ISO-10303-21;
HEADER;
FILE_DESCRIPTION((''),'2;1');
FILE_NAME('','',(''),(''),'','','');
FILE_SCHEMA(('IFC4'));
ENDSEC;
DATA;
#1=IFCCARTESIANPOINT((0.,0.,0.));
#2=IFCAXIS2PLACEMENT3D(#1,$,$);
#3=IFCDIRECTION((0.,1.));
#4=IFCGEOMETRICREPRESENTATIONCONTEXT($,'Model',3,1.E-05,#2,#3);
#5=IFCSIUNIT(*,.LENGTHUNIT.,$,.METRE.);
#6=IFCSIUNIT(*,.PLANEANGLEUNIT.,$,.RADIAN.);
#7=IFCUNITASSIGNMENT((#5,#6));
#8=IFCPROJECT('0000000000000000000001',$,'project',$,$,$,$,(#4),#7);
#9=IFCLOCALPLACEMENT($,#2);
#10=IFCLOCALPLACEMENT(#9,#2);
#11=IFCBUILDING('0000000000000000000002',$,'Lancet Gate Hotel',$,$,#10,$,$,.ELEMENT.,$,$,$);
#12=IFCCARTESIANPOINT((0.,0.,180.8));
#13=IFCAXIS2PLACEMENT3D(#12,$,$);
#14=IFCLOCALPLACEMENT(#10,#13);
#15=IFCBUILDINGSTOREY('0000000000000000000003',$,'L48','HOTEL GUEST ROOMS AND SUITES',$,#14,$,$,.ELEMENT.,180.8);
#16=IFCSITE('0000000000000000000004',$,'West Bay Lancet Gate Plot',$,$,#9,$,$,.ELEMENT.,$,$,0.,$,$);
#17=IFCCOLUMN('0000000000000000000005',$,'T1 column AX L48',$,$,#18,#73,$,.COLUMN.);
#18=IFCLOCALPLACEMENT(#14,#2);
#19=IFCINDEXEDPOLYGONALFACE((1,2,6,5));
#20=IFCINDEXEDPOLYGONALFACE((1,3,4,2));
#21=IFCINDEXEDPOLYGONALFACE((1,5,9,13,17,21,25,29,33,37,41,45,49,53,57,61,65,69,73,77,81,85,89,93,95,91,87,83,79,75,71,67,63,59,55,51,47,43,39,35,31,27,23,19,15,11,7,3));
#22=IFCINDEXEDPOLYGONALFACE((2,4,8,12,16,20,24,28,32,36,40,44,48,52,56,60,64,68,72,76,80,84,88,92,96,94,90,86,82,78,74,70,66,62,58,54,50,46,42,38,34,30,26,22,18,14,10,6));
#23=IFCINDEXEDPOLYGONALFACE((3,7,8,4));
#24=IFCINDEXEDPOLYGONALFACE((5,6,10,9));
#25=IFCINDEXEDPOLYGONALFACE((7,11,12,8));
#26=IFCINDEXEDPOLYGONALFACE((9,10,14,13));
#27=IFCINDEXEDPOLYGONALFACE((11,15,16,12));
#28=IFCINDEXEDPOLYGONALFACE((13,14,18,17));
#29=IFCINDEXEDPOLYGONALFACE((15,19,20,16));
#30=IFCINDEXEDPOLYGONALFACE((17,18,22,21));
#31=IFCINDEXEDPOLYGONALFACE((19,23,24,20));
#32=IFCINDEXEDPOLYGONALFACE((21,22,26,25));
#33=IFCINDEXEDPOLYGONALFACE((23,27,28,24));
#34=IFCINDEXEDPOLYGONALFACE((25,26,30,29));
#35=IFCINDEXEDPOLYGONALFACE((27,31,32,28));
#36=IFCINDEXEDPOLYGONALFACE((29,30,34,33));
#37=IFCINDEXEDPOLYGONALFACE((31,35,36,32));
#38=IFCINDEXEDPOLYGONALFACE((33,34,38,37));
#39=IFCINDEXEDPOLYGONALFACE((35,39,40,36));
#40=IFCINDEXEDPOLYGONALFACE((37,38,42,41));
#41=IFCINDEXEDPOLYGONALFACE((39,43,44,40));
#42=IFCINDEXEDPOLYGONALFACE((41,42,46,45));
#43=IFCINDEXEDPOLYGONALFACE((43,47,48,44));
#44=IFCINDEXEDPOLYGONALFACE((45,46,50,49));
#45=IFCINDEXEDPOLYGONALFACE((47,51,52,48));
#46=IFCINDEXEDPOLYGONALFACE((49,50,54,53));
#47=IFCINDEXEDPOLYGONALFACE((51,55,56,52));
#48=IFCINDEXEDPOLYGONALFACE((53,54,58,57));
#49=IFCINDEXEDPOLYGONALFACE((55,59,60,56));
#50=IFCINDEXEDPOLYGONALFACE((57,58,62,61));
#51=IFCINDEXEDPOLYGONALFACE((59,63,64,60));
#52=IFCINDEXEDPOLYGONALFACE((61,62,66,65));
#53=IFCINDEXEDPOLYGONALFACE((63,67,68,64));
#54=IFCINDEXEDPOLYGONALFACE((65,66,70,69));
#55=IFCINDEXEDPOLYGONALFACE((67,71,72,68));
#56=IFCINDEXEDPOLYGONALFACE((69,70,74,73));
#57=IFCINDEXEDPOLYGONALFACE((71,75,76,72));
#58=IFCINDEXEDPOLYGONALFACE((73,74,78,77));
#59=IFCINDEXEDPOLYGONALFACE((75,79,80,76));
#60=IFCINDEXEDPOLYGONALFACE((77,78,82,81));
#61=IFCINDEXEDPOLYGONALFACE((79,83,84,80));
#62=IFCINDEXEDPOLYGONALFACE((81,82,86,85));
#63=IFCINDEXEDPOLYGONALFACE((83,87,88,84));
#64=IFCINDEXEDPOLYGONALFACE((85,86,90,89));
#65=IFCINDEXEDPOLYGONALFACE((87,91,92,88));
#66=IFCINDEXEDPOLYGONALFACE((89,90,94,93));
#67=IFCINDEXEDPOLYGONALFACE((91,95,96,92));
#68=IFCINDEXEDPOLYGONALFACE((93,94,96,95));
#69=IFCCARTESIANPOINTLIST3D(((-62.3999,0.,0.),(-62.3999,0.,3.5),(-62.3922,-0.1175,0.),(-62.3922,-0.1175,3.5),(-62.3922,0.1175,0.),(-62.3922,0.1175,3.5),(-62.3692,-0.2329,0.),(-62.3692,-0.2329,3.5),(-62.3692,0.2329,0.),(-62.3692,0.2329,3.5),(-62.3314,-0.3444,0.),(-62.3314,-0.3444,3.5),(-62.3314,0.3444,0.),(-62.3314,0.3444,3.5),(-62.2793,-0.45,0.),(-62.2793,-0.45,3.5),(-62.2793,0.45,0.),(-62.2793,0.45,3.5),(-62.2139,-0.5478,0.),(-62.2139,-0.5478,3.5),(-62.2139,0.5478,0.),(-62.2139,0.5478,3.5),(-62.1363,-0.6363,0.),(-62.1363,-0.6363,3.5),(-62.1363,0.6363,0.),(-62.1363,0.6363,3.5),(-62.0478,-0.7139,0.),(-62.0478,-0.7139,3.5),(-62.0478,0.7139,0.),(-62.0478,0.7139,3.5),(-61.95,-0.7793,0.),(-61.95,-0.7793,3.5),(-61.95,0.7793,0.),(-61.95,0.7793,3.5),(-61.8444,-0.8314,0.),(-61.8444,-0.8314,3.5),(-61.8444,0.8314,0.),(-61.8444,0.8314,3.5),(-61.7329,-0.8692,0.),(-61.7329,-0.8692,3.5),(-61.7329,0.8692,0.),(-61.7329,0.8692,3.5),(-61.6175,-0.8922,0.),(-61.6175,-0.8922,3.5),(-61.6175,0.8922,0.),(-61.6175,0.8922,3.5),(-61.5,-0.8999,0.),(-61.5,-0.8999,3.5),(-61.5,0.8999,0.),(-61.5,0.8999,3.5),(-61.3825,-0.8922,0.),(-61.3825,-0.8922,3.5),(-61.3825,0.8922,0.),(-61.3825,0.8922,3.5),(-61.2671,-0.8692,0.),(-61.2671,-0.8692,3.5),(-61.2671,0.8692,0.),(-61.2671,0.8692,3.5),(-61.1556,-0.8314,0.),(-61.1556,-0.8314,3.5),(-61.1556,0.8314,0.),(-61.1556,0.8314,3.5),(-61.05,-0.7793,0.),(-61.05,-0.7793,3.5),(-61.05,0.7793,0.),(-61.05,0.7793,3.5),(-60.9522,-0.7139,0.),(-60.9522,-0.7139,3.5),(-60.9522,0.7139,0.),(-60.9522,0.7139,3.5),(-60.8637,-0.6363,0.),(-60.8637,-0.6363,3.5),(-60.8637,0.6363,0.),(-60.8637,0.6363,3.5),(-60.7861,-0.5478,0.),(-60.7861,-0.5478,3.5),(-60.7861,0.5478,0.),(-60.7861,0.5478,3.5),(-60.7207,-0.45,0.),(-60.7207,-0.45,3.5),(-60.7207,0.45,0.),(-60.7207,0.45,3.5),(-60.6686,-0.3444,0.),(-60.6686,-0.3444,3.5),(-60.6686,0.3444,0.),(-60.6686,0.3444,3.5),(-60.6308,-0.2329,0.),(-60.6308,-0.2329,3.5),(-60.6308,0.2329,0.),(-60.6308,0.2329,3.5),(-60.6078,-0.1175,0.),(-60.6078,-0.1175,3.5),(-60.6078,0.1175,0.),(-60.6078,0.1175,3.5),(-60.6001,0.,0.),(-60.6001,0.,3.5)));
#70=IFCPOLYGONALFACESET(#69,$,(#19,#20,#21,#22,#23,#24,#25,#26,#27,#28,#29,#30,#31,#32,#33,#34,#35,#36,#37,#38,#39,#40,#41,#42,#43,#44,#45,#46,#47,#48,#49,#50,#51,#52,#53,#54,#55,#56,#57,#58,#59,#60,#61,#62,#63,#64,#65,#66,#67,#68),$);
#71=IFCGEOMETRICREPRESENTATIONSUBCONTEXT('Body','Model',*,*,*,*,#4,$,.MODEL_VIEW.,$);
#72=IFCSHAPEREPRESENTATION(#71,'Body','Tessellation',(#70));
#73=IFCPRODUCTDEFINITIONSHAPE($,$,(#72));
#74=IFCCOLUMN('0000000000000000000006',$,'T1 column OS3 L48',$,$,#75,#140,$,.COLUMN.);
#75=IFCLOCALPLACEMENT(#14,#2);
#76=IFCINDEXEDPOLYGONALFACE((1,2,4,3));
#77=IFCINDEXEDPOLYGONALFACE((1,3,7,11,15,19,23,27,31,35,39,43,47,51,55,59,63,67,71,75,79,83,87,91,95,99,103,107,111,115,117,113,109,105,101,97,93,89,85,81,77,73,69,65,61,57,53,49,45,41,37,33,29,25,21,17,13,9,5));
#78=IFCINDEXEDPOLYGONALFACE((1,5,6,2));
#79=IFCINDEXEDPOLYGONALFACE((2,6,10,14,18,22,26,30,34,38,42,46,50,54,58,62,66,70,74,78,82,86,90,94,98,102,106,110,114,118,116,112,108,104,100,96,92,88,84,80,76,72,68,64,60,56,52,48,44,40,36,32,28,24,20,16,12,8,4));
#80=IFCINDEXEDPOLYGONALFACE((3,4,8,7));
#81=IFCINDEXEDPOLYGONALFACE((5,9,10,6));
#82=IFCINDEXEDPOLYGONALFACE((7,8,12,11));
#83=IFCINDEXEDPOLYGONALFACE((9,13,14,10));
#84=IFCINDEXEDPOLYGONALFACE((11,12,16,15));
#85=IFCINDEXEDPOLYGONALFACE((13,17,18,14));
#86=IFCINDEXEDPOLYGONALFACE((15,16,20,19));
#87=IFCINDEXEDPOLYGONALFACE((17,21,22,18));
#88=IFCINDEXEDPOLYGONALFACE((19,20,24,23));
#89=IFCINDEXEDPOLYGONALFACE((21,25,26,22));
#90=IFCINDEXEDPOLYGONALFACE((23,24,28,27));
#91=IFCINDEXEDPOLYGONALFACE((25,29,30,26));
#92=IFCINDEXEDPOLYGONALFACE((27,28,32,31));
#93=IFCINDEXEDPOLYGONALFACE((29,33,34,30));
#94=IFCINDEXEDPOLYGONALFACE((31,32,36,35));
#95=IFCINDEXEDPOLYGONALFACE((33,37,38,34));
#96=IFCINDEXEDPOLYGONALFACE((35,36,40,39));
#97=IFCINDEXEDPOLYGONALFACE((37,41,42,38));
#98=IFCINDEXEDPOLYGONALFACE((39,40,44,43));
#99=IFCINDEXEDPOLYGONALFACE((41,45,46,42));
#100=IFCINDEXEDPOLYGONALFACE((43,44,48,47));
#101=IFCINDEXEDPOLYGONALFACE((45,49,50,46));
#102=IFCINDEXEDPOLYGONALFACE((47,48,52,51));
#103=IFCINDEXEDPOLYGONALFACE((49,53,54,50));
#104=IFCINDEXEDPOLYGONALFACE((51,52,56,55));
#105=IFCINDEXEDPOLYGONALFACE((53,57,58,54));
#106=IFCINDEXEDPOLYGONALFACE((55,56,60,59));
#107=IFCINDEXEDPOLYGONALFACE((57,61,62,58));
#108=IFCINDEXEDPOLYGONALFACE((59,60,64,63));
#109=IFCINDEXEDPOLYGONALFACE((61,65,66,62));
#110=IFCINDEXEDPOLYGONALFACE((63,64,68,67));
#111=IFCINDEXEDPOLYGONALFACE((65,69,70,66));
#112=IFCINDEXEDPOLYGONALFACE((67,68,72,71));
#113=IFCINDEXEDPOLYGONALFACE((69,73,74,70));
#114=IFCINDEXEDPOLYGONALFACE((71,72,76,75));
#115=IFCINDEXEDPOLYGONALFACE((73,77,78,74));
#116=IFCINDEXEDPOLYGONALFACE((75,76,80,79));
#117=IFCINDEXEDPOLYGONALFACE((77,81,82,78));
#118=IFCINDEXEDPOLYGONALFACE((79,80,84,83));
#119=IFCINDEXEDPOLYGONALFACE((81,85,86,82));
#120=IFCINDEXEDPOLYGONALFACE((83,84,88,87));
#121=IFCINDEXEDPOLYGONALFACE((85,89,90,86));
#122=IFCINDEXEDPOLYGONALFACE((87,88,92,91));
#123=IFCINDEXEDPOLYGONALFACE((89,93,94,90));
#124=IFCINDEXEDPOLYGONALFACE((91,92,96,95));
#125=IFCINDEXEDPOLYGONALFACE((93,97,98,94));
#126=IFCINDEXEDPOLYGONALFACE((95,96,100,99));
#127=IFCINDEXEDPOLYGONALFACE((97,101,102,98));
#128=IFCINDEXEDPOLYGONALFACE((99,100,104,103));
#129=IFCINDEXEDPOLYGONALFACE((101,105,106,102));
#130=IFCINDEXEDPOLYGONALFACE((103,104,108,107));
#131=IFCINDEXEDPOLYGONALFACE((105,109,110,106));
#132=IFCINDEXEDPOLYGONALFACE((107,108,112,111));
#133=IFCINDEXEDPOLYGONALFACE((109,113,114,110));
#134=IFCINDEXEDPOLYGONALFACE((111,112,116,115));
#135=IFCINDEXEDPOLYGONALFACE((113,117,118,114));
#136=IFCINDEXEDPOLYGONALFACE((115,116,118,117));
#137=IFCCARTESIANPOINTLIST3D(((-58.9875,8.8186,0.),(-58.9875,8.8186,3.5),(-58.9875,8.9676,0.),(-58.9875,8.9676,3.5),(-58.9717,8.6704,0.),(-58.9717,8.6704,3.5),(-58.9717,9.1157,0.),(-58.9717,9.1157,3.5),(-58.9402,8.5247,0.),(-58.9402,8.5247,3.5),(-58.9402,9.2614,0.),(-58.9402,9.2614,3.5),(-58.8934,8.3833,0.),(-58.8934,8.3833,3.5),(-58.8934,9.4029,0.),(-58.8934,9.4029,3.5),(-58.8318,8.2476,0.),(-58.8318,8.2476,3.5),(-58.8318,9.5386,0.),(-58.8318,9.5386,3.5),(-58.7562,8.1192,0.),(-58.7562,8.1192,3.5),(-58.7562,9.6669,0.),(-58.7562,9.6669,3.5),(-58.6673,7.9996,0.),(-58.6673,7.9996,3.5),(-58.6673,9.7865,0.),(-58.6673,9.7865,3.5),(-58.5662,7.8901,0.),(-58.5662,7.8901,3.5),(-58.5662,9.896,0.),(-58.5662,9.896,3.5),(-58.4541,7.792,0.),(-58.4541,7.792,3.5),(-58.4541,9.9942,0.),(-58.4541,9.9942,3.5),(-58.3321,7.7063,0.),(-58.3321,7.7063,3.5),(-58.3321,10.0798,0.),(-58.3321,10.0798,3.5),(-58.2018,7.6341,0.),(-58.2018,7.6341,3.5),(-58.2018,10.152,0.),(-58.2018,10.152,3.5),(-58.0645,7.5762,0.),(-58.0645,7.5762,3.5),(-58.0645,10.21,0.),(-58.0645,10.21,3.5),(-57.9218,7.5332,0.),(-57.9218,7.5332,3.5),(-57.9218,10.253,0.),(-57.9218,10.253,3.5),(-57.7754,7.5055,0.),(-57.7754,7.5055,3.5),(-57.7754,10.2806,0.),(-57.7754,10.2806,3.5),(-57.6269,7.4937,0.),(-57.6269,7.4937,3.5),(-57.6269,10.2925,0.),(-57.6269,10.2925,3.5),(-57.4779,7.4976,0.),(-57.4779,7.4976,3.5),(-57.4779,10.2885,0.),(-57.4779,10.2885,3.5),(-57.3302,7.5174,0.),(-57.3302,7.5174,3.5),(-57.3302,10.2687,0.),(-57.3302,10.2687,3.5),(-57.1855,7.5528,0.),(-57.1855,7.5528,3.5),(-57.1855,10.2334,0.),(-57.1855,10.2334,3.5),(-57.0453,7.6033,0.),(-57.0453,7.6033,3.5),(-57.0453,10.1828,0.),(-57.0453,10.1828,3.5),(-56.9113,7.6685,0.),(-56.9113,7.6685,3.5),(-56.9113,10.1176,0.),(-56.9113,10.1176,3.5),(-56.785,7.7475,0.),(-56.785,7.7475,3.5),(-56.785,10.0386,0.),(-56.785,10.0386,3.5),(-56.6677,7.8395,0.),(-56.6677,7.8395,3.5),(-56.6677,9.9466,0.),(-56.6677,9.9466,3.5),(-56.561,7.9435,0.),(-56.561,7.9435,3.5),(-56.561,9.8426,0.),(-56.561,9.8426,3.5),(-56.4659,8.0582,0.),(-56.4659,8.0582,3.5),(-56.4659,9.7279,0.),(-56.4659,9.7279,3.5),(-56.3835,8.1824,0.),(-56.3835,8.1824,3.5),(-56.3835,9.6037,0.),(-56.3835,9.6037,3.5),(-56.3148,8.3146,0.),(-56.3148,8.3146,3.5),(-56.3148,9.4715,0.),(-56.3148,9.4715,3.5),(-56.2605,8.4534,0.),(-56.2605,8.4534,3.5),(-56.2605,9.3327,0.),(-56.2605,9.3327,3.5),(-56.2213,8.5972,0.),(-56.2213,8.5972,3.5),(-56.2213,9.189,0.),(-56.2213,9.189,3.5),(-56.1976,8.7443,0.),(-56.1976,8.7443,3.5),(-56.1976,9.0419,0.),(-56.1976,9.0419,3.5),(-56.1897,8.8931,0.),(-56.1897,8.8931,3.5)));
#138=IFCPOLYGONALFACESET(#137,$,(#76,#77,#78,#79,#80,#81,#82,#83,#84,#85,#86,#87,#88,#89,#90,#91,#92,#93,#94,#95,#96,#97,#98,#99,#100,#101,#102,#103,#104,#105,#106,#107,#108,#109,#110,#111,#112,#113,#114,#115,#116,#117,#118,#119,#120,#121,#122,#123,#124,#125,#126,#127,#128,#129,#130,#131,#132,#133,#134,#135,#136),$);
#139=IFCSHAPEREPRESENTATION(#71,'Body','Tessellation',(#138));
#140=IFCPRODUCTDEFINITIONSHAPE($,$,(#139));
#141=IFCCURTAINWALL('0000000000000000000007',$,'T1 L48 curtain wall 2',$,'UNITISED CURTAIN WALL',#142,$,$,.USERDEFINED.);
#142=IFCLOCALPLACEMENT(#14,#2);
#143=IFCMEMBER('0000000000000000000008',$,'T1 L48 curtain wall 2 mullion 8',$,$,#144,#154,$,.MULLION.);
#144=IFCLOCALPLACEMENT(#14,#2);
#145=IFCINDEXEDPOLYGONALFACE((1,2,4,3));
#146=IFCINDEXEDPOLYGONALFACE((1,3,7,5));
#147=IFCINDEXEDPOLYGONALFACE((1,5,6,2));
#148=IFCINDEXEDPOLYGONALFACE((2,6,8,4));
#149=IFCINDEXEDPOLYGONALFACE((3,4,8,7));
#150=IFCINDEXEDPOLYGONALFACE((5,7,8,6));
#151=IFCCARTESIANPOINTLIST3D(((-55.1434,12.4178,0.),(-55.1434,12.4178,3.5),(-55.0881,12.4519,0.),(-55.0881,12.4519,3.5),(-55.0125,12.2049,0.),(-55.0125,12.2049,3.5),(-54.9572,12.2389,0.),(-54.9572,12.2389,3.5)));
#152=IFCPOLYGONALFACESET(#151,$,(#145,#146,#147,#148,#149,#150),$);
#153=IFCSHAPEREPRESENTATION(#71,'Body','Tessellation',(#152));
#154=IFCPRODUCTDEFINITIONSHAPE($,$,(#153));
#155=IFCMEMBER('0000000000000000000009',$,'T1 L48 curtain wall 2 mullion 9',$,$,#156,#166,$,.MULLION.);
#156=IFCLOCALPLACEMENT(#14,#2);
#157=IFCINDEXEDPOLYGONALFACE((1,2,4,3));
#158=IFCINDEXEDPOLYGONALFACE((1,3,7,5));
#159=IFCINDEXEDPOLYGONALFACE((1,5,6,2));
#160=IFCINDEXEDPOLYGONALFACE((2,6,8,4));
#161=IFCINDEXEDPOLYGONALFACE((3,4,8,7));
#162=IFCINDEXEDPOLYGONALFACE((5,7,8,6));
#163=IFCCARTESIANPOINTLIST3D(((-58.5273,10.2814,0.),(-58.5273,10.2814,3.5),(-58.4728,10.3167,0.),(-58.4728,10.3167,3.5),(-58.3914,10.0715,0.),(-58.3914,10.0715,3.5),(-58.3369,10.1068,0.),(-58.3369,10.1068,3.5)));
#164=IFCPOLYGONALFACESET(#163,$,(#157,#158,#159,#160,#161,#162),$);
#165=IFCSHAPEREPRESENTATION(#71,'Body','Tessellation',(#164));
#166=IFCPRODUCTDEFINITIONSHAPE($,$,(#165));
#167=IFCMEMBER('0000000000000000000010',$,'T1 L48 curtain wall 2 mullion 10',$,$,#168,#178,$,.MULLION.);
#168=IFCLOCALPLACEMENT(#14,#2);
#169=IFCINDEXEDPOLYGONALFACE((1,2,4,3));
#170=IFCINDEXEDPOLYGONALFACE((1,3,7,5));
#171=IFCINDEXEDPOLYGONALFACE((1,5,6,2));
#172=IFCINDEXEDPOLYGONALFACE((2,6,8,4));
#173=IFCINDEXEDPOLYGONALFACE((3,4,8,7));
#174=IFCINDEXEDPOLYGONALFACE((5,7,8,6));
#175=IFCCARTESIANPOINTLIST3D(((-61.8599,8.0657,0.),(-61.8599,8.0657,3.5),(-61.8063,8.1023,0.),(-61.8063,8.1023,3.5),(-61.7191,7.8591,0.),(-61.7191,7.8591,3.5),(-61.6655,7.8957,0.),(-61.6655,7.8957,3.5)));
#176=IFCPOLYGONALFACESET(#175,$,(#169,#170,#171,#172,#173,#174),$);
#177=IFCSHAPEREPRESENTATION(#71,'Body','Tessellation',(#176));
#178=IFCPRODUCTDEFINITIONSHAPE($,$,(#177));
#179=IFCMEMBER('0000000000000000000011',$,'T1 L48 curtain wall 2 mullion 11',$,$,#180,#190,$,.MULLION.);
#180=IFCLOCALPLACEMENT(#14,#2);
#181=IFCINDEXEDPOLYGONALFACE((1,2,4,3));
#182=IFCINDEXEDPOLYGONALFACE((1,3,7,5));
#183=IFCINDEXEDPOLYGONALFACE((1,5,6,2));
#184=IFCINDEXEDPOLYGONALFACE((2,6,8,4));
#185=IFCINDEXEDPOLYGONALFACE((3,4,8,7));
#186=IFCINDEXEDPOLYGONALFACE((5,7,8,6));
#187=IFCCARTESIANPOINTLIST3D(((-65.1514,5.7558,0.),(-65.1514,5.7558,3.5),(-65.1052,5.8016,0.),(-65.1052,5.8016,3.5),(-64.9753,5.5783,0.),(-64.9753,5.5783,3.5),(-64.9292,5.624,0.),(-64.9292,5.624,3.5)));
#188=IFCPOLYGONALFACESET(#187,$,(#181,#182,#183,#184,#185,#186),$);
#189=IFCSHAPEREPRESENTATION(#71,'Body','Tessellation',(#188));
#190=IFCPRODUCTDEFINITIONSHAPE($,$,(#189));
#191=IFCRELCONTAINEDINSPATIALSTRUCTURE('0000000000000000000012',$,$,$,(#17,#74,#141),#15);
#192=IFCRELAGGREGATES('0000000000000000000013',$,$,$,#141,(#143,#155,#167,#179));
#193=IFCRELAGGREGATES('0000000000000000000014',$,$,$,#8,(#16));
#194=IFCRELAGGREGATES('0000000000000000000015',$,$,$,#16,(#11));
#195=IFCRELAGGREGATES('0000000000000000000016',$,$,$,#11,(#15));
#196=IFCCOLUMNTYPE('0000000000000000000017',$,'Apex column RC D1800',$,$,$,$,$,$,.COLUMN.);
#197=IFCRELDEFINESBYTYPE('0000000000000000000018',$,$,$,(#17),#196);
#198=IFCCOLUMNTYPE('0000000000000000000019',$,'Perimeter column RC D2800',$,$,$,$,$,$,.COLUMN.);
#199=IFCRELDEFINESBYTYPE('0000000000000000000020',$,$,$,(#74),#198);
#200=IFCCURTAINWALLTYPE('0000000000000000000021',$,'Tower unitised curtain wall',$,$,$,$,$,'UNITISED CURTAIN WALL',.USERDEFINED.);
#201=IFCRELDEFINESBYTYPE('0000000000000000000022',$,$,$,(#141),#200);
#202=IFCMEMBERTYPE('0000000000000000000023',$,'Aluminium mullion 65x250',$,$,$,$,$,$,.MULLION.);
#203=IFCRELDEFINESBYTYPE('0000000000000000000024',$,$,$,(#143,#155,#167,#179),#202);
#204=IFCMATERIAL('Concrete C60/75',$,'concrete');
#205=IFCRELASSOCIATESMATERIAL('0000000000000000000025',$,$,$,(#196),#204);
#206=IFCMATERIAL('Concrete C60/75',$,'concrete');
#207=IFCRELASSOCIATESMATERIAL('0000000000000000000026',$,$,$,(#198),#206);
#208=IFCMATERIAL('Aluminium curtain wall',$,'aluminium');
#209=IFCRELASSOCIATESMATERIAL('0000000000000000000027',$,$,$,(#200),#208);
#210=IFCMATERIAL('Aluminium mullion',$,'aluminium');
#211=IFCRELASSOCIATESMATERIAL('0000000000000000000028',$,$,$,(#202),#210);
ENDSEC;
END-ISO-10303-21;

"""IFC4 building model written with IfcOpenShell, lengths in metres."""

from ifc_helpers import new_model, si_unit, direction, frame, origin, origin_2d, place, context, subcontext, project, spatial, rectangle, circle, extrude, material, material_profile, profile_set, type_object, element, aggregate, save


model = new_model("IFC4")

# Units and contexts
model_context = context("Model", 3, precision=1e-05, world=origin(), true_north=direction((0.0, 1.0)))
body_context = subcontext(model_context, "Body", "Model", "MODEL_VIEW")
ifc_project = project(units=[si_unit("LENGTHUNIT", "METRE"), si_unit("PLANEANGLEUNIT", "RADIAN")], contexts=[model_context])

# Site, building, storey
site_placement = place(None, origin())
site = spatial("IfcSite", under=ifc_project, at=site_placement, Name="West Bay Lancet Gate Plot", CompositionType="ELEMENT", RefElevation=0.0)
building_placement = place(site_placement, origin())
building = spatial("IfcBuilding", under=site, at=building_placement, Name="Lancet Gate Hotel", CompositionType="ELEMENT")
storey_placement = place(building_placement, frame((0.0, 0.0, 180.8)))
storey = spatial("IfcBuildingStorey", under=building, at=storey_placement, Name="L48", Description="HOTEL GUEST ROOMS AND SUITES", CompositionType="ELEMENT", Elevation=180.8)

# Columns
ifc_material_1 = material(Name="Concrete C60/75", Category="concrete")
ifc_material_profile_1 = material_profile(ifc_material_1, circle(Radius=0.8999, at=origin_2d()), Name="RC D1800")
ifc_profile_set_1 = profile_set([ifc_material_profile_1], Name="Concrete C60/75")
column_type_1 = type_object("IfcColumnType", Name="Apex column RC D1800", PredefinedType="COLUMN", material=ifc_profile_set_1)
column_1_placement = place(storey_placement, frame((-61.5, 0.0, 0.0), z_axis=(0.0, 0.0, 1.0), x_axis=(1.0, 0.0, 0.0)))
element("IfcColumn", 1, at=column_1_placement, inside=storey, type_object=column_type_1, Name="T1 column AX L48", PredefinedType="COLUMN", context=body_context, shape_type="SweptSolid", body=[
    extrude(circle(Radius=0.8999, at=origin_2d()), origin(), (0.0, 0.0, 1.0), 3.5),
])
ifc_material_2 = material(Name="Concrete C60/75", Category="concrete")
ifc_material_profile_2 = material_profile(ifc_material_2, circle(Radius=1.3999, at=origin_2d()), Name="RC D2800")
ifc_profile_set_2 = profile_set([ifc_material_profile_2], Name="Concrete C60/75")
column_type_2 = type_object("IfcColumnType", Name="Perimeter column RC D2800", PredefinedType="COLUMN", material=ifc_profile_set_2)
column_2_placement = place(storey_placement, frame((-57.5896, 8.8931, 0.0), z_axis=(0.0, 0.0, 1.0), x_axis=(1.0, 0.0, 0.0)))
element("IfcColumn", 2, at=column_2_placement, inside=storey, type_object=column_type_2, Name="T1 column OS3 L48", PredefinedType="COLUMN", context=body_context, shape_type="SweptSolid", body=[
    extrude(circle(Radius=1.3999, at=origin_2d()), origin(), (0.0, 0.0, 1.0), 3.5),
])

# Curtain wall, members
ifc_material_3 = material(Name="Aluminium curtain wall", Category="aluminium")
curtain_wall_type = type_object("IfcCurtainWallType", Name="Tower unitised curtain wall", ElementType="UNITISED CURTAIN WALL", PredefinedType="USERDEFINED", material=ifc_material_3)
curtain_wall_placement = place(storey_placement, origin())
curtain_wall = element("IfcCurtainWall", 3, at=curtain_wall_placement, inside=storey, type_object=curtain_wall_type, Name="T1 L48 curtain wall 2", ObjectType="UNITISED CURTAIN WALL", PredefinedType="USERDEFINED")
ifc_material_4 = material(Name="Aluminium mullion", Category="aluminium")
ifc_material_profile_3 = material_profile(ifc_material_4, rectangle(XDim=0.0649, YDim=0.25, at=origin_2d()), Name="MULLION 65x250")
ifc_profile_set_3 = profile_set([ifc_material_profile_3], Name="Aluminium mullion")
member_type_1 = type_object("IfcMemberType", Name="Aluminium mullion 65x250", PredefinedType="MULLION", material=ifc_profile_set_3)
member_1_placement = place(storey_placement, frame((-55.0503, 12.3284, 0.0), z_axis=(0.0, 0.0, 1.0), x_axis=(-0.851886, -0.523728, 0.0)))
member_1 = element("IfcMember", 4, at=member_1_placement, type_object=member_type_1, Name="T1 L48 curtain wall 2 mullion 8", PredefinedType="MULLION", context=body_context, shape_type="SweptSolid", body=[
    extrude(rectangle(XDim=0.0649, YDim=0.25, at=origin_2d()), origin(), (0.0, 0.0, 1.0), 3.5),
])
member_2_placement = place(storey_placement, frame((-58.4321, 10.1941, 0.0), z_axis=(0.0, 0.0, 1.0), x_axis=(-0.839331, -0.543621, 0.0)))
member_2 = element("IfcMember", 5, at=member_2_placement, type_object=member_type_1, Name="T1 L48 curtain wall 2 mullion 9", PredefinedType="MULLION", context=body_context, shape_type="SweptSolid", body=[
    extrude(rectangle(XDim=0.0649, YDim=0.25, at=origin_2d()), origin(), (0.0, 0.0, 1.0), 3.5),
])
member_3_placement = place(storey_placement, frame((-61.7627, 7.9807, 0.0), z_axis=(0.0, 0.0, 1.0), x_axis=(-0.826312, -0.563212, 0.0)))
member_3 = element("IfcMember", 6, at=member_3_placement, type_object=member_type_1, Name="T1 L48 curtain wall 2 mullion 10", PredefinedType="MULLION", context=body_context, shape_type="SweptSolid", body=[
    extrude(rectangle(XDim=0.0649, YDim=0.25, at=origin_2d()), origin(), (0.0, 0.0, 1.0), 3.5),
])
member_4_placement = place(storey_placement, frame((-65.0403, 5.6899, 0.0), z_axis=(0.0, 0.0, 1.0), x_axis=(-0.710113, -0.704088, 0.0)))
member_4 = element("IfcMember", 7, at=member_4_placement, type_object=member_type_1, Name="T1 L48 curtain wall 2 mullion 11", PredefinedType="MULLION", context=body_context, shape_type="SweptSolid", body=[
    extrude(rectangle(XDim=0.0649, YDim=0.25, at=origin_2d()), origin(), (0.0, 0.0, 1.0), 3.5),
])

aggregate(curtain_wall, [member_1, member_2, member_3, member_4])

save(model, "model.ifc")
